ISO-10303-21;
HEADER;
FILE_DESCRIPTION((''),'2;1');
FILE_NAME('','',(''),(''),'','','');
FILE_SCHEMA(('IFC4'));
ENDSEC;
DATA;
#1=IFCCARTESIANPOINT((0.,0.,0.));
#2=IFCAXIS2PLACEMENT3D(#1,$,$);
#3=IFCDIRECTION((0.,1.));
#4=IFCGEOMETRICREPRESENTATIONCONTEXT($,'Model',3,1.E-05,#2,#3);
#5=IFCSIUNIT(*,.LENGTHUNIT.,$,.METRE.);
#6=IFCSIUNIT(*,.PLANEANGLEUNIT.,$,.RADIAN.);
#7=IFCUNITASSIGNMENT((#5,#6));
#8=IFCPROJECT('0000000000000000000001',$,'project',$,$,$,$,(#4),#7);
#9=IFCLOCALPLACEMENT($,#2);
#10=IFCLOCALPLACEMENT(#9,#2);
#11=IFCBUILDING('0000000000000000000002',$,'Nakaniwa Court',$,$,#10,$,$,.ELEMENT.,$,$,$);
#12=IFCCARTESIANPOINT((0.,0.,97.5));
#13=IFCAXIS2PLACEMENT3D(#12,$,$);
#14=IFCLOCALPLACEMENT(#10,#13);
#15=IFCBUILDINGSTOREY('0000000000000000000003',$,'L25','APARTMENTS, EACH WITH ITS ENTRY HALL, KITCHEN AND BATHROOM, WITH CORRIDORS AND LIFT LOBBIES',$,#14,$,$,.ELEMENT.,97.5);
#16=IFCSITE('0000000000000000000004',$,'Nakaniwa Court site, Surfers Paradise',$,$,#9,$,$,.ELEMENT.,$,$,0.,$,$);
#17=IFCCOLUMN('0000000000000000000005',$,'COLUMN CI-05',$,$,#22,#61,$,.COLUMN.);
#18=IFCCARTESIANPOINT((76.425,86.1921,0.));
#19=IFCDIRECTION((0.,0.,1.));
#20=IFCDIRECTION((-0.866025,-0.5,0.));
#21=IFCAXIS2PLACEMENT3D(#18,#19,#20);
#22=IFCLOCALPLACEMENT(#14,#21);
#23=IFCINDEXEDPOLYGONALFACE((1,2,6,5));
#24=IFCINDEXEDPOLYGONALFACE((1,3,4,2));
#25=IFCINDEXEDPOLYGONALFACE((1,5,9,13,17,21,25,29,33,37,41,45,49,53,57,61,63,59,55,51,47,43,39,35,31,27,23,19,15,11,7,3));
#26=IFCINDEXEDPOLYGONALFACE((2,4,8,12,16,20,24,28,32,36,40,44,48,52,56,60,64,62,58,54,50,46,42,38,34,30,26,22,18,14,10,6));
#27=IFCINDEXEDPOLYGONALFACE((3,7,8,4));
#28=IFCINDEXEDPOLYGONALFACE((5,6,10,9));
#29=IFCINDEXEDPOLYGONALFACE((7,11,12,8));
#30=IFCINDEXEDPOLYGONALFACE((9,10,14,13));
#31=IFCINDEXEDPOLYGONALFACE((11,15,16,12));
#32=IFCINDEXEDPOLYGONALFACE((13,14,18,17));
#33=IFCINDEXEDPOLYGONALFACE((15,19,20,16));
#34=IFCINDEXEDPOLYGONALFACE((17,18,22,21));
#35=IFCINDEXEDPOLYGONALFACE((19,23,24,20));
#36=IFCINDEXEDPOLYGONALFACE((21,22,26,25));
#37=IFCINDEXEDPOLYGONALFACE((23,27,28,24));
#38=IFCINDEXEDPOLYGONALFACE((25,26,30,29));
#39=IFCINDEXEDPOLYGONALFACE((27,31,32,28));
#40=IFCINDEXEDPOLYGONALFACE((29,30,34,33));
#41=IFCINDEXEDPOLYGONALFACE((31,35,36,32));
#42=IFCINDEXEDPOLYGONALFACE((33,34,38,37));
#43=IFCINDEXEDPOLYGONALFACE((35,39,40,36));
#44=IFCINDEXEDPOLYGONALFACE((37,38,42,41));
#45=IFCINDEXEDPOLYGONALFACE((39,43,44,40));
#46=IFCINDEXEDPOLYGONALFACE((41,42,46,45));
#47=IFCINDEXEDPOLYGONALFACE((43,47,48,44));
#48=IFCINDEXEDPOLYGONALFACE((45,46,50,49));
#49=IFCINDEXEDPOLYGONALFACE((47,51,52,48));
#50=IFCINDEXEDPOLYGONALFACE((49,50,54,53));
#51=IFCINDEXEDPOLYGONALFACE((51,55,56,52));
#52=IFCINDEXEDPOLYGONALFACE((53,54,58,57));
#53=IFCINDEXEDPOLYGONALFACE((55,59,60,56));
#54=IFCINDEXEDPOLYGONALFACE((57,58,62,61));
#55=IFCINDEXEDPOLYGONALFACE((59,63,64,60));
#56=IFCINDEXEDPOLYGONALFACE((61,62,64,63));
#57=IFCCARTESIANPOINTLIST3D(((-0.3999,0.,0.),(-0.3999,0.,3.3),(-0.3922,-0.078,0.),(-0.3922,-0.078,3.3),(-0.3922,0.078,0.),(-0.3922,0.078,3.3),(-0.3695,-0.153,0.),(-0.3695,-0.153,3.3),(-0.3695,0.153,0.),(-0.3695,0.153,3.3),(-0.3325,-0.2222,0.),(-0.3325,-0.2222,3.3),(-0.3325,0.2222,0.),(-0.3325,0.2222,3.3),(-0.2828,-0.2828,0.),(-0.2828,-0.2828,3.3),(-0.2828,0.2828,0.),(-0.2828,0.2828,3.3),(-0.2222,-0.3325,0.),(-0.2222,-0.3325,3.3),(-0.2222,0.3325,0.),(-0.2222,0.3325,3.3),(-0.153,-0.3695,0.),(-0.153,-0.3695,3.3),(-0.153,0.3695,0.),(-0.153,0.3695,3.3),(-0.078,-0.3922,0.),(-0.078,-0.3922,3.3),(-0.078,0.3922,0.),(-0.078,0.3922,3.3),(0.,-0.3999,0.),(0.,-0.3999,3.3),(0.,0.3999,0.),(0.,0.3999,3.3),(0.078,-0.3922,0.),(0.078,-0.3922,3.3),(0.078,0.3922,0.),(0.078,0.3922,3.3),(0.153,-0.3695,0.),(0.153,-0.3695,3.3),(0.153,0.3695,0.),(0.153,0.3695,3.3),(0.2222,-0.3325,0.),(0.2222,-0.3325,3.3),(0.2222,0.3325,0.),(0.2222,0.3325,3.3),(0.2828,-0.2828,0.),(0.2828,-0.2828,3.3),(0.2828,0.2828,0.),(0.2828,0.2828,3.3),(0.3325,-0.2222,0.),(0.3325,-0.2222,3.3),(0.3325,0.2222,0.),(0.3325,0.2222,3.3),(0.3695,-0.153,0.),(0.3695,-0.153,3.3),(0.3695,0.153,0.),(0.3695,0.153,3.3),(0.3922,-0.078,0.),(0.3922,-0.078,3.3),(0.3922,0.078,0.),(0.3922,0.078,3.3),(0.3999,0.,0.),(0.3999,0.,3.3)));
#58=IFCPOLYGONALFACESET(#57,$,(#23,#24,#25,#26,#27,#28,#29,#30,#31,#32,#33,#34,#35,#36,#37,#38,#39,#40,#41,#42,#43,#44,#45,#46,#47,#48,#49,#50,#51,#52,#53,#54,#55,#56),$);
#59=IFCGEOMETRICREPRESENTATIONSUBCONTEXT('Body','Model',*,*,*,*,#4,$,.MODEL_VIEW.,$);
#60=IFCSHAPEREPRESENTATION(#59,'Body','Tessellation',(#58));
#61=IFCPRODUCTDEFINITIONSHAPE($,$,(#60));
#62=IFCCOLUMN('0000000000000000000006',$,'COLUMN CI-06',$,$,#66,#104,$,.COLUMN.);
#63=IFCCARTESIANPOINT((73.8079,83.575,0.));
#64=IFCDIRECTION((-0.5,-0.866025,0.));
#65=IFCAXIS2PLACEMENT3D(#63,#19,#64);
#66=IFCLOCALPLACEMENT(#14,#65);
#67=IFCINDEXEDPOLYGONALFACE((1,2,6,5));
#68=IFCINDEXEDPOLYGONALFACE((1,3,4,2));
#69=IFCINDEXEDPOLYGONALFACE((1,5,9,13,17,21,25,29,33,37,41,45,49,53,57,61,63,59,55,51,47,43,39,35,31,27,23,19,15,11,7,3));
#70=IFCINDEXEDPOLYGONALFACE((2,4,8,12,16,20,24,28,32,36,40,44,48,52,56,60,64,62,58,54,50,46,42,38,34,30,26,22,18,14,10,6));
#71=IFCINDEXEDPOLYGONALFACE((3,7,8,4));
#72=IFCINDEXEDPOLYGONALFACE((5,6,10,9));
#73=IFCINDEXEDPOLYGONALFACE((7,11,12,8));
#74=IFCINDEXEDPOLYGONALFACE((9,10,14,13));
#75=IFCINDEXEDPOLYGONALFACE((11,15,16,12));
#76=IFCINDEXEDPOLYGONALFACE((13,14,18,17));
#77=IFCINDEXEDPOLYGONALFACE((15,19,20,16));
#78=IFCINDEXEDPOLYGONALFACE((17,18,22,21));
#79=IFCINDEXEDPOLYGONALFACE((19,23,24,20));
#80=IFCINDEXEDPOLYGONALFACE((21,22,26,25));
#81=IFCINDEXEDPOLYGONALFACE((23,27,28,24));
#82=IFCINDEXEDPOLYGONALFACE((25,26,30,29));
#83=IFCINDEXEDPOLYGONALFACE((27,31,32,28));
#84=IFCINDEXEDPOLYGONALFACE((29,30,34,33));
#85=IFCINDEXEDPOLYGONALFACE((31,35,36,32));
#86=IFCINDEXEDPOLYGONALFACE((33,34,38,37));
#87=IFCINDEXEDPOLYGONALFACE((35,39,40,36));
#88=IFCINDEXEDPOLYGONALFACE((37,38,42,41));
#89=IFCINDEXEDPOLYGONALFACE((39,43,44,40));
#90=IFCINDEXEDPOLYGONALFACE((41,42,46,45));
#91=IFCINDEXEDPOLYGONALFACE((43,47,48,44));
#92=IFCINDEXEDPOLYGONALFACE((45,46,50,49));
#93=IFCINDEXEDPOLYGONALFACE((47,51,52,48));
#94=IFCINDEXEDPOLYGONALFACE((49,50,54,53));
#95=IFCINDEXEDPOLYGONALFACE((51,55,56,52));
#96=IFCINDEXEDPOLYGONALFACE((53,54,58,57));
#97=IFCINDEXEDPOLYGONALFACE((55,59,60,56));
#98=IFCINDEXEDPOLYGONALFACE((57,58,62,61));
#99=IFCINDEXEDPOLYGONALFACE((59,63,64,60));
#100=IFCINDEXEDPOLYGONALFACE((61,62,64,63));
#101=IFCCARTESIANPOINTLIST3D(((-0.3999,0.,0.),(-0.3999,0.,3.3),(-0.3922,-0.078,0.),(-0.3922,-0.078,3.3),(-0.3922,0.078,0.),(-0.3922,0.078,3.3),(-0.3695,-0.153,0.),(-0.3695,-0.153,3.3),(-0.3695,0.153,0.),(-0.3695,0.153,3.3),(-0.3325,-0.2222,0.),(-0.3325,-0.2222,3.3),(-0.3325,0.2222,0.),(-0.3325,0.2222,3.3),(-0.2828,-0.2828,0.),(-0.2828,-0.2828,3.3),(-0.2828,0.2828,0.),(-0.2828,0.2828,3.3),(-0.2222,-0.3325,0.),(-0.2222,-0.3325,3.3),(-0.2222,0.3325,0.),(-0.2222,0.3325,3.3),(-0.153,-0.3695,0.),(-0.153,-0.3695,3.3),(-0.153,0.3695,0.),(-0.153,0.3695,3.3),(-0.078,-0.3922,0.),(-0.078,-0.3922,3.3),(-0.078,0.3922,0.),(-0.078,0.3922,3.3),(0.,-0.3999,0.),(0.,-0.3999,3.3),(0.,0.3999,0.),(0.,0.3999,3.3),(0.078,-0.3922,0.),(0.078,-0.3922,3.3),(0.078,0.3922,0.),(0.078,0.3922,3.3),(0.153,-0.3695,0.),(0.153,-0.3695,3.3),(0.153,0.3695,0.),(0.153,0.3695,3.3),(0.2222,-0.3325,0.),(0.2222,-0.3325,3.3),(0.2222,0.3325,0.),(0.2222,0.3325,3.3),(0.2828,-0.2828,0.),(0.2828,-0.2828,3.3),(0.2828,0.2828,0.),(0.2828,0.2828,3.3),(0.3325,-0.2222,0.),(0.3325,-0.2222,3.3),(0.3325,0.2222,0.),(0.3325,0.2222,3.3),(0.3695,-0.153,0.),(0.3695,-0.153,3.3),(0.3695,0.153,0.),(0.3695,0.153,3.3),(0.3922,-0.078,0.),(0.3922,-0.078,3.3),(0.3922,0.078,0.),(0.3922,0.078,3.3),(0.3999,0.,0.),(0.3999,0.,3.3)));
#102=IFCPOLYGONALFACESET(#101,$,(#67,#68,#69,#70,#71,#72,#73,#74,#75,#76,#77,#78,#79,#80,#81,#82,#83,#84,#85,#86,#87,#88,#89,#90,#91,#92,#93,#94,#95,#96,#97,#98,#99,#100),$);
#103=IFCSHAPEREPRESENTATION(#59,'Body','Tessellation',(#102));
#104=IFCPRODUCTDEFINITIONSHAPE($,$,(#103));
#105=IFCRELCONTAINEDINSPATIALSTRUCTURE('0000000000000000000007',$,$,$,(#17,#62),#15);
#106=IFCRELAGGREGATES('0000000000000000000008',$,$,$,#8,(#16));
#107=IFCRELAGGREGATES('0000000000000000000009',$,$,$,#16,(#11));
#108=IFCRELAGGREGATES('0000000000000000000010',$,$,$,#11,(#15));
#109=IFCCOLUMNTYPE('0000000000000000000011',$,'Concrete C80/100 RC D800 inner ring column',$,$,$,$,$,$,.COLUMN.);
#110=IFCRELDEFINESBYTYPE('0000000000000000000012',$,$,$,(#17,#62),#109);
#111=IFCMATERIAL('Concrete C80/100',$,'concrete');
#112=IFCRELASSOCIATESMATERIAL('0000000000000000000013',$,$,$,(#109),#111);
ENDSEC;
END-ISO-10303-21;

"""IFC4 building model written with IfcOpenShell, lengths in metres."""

from ifc_helpers import new_model, si_unit, direction, frame, origin, origin_2d, place, context, subcontext, project, spatial, circle, extrude, material, material_profile, profile_set, type_object, element, save


model = new_model("IFC4")

# Units and contexts
model_context = context("Model", 3, precision=1e-05, world=origin(), true_north=direction((0.0, 1.0)))
body_context = subcontext(model_context, "Body", "Model", "MODEL_VIEW")
ifc_project = project(units=[si_unit("LENGTHUNIT", "METRE"), si_unit("PLANEANGLEUNIT", "RADIAN")], contexts=[model_context])

# Site, building, storey
site_placement = place(None, origin())
site = spatial("IfcSite", under=ifc_project, at=site_placement, Name="Nakaniwa Court site, Surfers Paradise", CompositionType="ELEMENT", RefElevation=0.0)
building_placement = place(site_placement, origin())
building = spatial("IfcBuilding", under=site, at=building_placement, Name="Nakaniwa Court", CompositionType="ELEMENT")
storey_placement = place(building_placement, frame((0.0, 0.0, 97.5)))
storey = spatial("IfcBuildingStorey", under=building, at=storey_placement, Name="L25", Description="APARTMENTS, EACH WITH ITS ENTRY HALL, KITCHEN AND BATHROOM, WITH CORRIDORS AND LIFT LOBBIES", CompositionType="ELEMENT", Elevation=97.5)

# Columns
ifc_material_1 = material(Name="Concrete C80/100", Category="concrete")
ifc_material_profile_1 = material_profile(ifc_material_1, circle(Radius=0.3999, at=origin_2d()), Name="Concrete C80/100 RC D800 inner ring column")
ifc_profile_set_1 = profile_set([ifc_material_profile_1], Name="Concrete C80/100")
column_type_1 = type_object("IfcColumnType", Name="Concrete C80/100 RC D800 inner ring column", PredefinedType="COLUMN", material=ifc_profile_set_1)
for number, where, z_axis, x_axis, name in (
    (1, (76.425, 86.1921, 0.0), (0.0, 0.0, 1.0), (-0.866025, -0.5, 0.0), "COLUMN CI-05"),
    (2, (73.8079, 83.575, 0.0), (0.0, 0.0, 1.0), (-0.5, -0.866025, 0.0), "COLUMN CI-06"),
):
    element("IfcColumn", number, at=place(storey_placement, frame(where, z_axis=z_axis, x_axis=x_axis)), inside=storey, type_object=column_type_1, Name=name, PredefinedType="COLUMN", context=body_context, shape_type="SweptSolid", body=[
        extrude(circle(Radius=0.3999, at=origin_2d()), origin(), (0.0, 0.0, 1.0), 3.3),
    ])

save(model, "model.ifc")
